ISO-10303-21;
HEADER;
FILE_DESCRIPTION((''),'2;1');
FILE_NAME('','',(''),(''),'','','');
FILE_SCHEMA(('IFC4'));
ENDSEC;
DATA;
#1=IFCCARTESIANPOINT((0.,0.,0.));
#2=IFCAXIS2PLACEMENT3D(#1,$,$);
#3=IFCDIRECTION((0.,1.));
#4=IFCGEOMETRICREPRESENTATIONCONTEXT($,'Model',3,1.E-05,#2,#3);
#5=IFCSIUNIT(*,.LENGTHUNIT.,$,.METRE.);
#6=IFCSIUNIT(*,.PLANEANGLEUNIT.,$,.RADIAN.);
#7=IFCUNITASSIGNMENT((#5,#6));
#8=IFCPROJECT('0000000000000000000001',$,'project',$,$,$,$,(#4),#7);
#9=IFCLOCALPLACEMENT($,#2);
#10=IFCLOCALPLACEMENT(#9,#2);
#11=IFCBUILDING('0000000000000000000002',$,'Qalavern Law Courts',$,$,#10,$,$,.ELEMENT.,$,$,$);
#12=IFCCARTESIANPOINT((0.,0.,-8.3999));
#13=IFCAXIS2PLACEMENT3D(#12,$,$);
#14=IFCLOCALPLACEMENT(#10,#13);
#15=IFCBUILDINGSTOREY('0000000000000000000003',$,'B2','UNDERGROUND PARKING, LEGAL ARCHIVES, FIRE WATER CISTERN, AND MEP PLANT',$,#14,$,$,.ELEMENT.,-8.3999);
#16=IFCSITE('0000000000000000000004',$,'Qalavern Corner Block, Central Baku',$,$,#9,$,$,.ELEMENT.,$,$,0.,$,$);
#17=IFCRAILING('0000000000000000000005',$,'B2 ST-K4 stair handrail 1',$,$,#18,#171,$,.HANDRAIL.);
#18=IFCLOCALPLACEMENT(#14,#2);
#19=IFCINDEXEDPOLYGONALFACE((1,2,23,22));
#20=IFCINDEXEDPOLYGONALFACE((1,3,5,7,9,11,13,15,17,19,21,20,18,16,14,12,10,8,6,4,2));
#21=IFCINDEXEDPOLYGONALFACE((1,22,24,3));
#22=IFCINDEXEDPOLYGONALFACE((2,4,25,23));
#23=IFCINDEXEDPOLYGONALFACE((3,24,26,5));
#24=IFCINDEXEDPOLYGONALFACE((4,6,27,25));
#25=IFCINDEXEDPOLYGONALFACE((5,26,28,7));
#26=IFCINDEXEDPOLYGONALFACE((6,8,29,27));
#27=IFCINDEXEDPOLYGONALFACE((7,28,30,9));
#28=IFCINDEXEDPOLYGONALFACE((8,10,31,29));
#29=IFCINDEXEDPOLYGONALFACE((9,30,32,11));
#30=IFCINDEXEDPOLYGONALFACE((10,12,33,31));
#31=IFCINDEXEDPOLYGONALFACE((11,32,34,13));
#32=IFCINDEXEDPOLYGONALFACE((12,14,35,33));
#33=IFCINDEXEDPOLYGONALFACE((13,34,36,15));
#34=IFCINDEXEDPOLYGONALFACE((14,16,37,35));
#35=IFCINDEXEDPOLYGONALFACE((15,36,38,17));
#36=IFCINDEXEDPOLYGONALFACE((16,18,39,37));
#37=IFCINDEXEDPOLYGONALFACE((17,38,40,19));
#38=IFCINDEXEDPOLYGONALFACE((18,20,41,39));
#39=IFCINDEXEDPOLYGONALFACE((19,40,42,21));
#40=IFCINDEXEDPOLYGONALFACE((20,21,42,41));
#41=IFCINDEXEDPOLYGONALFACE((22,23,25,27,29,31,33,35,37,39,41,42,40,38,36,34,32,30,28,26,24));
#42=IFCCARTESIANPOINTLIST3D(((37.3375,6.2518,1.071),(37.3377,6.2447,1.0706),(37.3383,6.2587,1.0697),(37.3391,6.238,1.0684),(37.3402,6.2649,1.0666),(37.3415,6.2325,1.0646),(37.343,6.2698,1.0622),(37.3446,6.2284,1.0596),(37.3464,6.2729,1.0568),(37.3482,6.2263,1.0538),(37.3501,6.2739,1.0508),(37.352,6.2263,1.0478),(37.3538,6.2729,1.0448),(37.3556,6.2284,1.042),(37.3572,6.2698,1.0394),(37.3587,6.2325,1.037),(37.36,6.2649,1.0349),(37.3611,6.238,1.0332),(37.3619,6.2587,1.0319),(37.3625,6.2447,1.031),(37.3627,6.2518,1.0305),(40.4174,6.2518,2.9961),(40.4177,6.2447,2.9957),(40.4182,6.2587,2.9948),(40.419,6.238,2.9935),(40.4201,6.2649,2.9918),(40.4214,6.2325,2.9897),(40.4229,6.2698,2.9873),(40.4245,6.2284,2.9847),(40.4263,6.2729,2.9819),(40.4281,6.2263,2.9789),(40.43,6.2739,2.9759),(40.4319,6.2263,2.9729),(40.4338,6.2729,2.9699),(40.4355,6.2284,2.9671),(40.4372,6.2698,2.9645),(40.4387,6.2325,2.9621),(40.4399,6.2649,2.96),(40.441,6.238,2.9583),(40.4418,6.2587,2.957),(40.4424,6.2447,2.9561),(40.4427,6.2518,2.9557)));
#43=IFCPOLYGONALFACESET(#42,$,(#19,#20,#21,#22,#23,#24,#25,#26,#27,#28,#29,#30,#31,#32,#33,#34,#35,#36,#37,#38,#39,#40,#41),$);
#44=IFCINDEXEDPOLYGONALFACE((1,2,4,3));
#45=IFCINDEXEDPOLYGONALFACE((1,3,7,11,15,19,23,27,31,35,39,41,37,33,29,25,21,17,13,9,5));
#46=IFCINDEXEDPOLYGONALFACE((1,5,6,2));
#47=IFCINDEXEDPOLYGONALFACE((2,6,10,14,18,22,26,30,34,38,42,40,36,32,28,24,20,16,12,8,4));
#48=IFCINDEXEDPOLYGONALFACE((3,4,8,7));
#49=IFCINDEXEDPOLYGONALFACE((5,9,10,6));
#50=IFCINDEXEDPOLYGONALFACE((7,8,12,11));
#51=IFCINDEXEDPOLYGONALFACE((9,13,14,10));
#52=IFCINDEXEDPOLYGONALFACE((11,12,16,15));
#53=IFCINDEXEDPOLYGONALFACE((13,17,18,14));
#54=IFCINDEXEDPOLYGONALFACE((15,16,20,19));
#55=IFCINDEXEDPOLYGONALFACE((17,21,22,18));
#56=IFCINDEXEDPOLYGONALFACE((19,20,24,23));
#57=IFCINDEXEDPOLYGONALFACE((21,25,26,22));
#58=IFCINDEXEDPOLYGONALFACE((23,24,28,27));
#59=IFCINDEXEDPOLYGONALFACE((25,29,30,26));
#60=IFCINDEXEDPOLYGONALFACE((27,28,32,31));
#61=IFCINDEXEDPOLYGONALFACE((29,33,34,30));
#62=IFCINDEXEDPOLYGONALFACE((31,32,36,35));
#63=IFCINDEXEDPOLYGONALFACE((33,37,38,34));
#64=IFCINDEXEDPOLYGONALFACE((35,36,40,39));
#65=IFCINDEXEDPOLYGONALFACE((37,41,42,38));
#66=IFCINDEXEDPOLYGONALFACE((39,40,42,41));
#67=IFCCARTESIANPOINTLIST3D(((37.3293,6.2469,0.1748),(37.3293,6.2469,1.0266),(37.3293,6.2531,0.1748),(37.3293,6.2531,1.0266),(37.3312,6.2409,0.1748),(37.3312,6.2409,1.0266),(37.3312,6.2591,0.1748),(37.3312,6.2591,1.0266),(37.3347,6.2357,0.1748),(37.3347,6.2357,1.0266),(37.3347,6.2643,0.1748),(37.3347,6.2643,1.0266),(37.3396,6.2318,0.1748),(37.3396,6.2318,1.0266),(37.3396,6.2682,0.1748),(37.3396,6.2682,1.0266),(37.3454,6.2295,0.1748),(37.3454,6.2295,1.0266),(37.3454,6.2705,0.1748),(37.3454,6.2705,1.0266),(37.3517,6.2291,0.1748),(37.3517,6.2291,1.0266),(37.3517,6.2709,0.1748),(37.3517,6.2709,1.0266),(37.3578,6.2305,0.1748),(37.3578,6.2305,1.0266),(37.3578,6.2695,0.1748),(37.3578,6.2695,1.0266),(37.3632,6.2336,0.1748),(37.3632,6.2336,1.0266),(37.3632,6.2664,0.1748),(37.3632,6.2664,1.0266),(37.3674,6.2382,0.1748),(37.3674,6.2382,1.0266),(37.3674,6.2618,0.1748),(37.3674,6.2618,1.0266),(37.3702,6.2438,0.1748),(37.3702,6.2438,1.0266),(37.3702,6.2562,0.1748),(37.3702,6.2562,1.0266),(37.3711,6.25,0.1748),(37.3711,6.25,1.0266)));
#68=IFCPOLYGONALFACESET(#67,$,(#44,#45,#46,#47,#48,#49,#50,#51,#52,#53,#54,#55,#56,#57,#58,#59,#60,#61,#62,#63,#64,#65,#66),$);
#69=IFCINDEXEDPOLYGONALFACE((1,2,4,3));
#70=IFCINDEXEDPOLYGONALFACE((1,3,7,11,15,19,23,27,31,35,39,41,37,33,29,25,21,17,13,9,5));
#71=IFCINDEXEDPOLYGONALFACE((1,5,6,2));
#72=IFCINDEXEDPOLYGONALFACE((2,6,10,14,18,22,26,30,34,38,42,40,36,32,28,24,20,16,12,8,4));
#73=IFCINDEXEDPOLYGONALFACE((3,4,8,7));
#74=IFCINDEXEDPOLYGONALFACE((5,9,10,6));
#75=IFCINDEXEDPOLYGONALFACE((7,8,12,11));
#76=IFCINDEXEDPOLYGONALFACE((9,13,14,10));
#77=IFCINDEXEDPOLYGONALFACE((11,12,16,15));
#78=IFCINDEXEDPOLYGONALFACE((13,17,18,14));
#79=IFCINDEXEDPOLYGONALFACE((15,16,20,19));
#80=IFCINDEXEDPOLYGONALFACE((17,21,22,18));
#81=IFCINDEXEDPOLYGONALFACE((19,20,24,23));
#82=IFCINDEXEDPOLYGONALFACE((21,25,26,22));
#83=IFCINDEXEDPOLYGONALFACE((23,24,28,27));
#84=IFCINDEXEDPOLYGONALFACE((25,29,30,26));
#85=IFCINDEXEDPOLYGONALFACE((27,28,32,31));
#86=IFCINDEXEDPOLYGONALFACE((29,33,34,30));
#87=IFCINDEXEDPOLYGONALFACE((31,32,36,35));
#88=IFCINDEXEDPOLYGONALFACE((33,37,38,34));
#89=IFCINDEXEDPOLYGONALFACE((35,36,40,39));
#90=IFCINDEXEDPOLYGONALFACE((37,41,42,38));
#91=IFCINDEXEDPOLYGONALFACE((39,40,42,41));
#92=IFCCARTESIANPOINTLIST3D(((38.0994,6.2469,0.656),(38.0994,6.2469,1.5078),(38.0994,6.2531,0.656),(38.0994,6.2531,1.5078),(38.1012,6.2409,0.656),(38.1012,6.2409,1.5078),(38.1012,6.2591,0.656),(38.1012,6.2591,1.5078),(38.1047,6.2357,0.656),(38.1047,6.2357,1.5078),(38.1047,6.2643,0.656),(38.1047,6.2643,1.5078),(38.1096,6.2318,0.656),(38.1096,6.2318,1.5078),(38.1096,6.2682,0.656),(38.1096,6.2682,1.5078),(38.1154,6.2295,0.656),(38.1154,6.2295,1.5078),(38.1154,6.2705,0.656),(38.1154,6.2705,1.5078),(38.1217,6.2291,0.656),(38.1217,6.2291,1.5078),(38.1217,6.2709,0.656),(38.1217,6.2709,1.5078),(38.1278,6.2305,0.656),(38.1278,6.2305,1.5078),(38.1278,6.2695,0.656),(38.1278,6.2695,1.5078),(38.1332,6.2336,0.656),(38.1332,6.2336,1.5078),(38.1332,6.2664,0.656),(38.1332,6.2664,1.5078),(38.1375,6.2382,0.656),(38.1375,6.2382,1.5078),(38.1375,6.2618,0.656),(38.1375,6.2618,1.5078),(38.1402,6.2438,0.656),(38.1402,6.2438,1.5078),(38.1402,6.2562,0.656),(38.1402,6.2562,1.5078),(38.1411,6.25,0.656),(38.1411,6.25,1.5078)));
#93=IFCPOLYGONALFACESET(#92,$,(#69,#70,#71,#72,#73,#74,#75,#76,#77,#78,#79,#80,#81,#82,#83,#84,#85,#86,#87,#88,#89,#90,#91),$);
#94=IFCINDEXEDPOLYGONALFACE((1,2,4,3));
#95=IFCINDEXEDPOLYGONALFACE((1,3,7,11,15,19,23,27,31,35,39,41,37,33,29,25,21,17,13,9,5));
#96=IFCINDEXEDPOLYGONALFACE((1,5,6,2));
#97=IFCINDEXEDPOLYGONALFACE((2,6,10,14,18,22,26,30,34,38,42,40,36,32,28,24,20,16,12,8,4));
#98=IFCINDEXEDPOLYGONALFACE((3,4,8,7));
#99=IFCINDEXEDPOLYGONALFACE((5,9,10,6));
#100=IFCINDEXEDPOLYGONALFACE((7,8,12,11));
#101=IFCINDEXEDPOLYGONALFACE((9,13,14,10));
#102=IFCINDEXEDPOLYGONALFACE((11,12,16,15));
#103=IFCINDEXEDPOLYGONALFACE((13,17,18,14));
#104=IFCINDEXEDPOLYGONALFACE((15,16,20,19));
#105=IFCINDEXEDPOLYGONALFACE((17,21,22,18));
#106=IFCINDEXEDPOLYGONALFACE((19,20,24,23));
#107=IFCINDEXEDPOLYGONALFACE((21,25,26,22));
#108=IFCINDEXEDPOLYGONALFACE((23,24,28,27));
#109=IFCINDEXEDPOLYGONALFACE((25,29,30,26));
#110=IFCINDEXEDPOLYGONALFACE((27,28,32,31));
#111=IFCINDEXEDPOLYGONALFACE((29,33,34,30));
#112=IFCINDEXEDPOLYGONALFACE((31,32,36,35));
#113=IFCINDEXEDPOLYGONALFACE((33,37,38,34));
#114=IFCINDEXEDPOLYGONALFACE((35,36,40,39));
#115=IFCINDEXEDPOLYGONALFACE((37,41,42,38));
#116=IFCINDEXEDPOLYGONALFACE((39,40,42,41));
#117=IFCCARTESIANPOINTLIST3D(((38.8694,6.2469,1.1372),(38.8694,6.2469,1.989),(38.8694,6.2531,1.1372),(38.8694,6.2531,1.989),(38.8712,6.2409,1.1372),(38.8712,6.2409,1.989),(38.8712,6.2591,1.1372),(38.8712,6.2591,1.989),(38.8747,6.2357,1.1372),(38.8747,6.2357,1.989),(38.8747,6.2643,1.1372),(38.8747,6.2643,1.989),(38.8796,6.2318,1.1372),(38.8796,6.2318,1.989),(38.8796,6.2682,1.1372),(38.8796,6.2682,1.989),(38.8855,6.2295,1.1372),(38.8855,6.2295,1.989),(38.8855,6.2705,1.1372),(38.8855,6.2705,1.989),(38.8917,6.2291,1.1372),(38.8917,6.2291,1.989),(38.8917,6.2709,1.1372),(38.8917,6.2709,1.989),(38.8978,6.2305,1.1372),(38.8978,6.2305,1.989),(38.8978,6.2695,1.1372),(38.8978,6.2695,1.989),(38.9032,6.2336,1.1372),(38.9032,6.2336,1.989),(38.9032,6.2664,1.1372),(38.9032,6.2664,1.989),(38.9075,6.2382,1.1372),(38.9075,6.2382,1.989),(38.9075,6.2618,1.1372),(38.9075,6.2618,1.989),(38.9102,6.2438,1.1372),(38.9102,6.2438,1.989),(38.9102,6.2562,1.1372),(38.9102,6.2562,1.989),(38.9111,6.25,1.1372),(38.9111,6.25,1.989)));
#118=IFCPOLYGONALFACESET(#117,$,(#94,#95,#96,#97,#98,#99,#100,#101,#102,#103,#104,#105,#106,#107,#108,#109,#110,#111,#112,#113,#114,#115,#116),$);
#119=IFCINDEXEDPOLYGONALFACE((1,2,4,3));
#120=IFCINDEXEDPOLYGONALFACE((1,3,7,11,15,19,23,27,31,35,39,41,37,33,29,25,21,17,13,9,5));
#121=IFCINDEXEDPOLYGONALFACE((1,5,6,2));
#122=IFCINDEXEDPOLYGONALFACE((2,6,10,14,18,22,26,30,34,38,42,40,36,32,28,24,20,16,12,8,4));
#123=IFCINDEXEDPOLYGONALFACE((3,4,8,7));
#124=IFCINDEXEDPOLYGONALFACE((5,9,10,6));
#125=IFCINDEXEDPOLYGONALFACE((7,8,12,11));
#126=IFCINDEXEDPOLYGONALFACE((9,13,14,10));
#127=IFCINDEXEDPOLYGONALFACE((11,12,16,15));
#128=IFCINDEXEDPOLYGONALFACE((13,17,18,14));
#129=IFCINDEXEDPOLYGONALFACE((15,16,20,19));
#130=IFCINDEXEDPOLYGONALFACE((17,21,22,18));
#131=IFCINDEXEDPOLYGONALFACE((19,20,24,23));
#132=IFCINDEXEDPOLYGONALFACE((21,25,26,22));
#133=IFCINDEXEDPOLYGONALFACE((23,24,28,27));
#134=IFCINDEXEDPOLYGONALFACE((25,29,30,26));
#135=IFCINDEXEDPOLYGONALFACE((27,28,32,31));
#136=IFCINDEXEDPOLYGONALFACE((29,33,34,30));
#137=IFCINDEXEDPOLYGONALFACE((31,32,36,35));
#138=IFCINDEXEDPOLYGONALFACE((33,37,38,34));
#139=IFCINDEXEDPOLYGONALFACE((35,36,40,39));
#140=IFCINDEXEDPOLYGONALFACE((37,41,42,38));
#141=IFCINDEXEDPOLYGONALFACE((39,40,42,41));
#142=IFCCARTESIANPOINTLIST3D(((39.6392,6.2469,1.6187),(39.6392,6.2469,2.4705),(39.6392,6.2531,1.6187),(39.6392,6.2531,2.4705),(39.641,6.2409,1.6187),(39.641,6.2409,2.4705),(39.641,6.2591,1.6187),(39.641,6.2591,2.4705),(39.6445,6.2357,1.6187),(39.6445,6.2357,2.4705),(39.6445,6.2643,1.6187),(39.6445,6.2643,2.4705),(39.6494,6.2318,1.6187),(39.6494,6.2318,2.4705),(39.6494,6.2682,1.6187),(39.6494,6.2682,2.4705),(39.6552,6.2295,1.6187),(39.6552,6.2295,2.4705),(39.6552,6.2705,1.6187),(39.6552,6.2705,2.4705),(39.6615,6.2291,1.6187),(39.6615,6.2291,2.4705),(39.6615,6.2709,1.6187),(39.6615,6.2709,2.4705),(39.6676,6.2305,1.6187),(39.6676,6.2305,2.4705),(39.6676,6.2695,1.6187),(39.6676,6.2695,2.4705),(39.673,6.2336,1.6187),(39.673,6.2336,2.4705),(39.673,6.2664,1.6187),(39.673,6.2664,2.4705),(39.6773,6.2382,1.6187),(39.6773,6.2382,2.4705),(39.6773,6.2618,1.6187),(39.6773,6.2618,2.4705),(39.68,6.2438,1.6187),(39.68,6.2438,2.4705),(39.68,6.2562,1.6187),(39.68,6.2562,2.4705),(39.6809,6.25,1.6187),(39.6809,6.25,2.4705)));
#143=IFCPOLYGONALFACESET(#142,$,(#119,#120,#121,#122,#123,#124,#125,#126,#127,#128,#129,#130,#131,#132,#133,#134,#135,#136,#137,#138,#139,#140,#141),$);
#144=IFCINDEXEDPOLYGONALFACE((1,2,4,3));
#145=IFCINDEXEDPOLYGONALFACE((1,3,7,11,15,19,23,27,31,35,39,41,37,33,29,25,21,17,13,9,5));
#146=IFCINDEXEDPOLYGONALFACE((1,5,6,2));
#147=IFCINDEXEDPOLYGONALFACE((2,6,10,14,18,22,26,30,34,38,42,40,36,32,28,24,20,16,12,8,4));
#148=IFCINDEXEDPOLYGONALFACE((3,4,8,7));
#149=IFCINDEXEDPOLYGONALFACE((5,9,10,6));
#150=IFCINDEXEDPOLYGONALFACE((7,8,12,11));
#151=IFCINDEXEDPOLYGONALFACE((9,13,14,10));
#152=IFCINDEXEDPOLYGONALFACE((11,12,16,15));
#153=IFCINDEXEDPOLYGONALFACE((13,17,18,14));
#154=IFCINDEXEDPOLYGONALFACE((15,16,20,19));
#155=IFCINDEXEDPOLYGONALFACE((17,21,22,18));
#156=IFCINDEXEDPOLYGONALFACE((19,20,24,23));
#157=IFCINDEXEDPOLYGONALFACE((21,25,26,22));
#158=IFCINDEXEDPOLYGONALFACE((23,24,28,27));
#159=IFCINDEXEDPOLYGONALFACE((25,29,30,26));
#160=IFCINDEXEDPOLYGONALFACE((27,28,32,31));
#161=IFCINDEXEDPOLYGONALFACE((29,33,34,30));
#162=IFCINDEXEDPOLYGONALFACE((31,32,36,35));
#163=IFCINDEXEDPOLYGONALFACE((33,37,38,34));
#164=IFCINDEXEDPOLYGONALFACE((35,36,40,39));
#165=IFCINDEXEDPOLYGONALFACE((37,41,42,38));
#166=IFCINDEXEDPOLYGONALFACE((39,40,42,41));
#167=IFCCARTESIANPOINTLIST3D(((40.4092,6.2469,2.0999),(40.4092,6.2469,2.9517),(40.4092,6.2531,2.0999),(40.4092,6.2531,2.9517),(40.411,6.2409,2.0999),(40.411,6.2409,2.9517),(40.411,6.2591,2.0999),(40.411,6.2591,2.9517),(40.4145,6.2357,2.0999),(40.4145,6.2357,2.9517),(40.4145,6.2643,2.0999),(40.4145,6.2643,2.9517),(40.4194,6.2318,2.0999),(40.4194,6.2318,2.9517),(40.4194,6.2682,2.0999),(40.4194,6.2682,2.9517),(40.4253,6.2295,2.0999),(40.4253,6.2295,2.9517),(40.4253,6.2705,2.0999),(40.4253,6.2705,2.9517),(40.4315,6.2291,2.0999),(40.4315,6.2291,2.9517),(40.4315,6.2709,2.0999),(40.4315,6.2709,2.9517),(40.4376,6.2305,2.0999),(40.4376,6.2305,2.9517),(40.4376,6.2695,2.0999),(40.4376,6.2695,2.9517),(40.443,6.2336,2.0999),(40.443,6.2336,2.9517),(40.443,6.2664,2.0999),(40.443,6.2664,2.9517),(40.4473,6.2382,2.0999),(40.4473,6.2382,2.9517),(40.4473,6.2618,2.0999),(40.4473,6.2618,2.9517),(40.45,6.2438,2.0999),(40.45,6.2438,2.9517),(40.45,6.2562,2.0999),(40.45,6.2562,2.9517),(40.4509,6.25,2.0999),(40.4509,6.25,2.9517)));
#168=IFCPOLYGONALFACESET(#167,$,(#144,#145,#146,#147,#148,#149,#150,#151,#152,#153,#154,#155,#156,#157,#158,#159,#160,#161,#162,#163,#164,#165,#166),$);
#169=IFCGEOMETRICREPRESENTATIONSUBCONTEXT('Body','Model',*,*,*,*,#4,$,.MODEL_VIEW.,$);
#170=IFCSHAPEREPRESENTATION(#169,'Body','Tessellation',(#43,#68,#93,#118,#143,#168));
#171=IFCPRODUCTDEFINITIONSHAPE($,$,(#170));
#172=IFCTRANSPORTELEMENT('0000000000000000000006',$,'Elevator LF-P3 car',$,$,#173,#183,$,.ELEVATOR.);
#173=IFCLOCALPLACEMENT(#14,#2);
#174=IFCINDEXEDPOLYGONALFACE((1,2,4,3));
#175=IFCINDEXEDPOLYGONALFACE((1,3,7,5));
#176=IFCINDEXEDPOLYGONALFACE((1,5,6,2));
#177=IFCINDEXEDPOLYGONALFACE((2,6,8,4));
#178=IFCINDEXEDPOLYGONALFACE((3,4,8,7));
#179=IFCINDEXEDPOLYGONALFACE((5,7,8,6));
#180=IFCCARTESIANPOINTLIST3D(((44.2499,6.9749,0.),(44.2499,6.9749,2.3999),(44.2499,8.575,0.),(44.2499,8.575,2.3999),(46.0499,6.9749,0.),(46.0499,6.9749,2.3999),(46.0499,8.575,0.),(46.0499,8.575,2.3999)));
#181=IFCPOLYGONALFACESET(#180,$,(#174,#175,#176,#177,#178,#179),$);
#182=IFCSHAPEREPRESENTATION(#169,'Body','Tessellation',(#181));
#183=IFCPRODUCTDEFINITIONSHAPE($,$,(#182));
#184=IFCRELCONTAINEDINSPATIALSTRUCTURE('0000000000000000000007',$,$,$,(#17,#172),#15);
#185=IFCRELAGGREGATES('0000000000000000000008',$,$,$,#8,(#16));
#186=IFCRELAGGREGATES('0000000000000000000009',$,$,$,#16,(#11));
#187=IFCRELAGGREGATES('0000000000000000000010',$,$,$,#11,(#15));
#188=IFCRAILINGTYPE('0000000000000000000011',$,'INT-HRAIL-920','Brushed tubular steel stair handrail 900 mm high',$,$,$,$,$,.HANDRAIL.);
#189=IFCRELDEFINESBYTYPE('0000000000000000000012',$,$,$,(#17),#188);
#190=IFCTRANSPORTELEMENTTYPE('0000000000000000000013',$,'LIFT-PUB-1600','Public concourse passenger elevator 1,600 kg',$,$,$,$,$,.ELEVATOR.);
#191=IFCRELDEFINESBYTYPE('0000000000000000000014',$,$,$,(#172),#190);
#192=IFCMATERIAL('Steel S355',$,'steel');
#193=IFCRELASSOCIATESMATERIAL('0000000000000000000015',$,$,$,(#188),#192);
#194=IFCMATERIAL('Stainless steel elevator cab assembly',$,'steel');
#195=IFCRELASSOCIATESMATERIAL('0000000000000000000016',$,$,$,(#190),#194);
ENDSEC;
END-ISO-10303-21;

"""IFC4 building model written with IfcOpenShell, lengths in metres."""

from ifc_helpers import new_model, si_unit, direction, frame, origin, origin_2d, place, context, subcontext, project, spatial, rectangle, circle, extrude, material, type_object, element, save


model = new_model("IFC4")

# Units and contexts
model_context = context("Model", 3, precision=1e-05, world=origin(), true_north=direction((0.0, 1.0)))
body_context = subcontext(model_context, "Body", "Model", "MODEL_VIEW")
ifc_project = project(units=[si_unit("LENGTHUNIT", "METRE"), si_unit("PLANEANGLEUNIT", "RADIAN")], contexts=[model_context])

# Site, building, storey
site_placement = place(None, origin())
site = spatial("IfcSite", under=ifc_project, at=site_placement, Name="Qalavern Corner Block, Central Baku", CompositionType="ELEMENT", RefElevation=0.0)
building_placement = place(site_placement, origin())
building = spatial("IfcBuilding", under=site, at=building_placement, Name="Qalavern Law Courts", CompositionType="ELEMENT")
storey_placement = place(building_placement, frame((0.0, 0.0, -8.3999)))
storey = spatial("IfcBuildingStorey", under=building, at=storey_placement, Name="B2", Description="UNDERGROUND PARKING, LEGAL ARCHIVES, FIRE WATER CISTERN, AND MEP PLANT", CompositionType="ELEMENT", Elevation=-8.3999)

# Shared definitions
ifc_material_1 = material(Name="Steel S355", Category="steel")

# Railing
railing_type_1 = type_object("IfcRailingType", Name="INT-HRAIL-920", Description="Brushed tubular steel stair handrail 900 mm high", PredefinedType="HANDRAIL", material=ifc_material_1)
railing_1_placement = place(storey_placement, frame((37.3501, 6.25, 0.1748)))
element("IfcRailing", 1, at=railing_1_placement, inside=storey, type_object=railing_type_1, Name="B2 ST-K4 stair handrail 1", PredefinedType="HANDRAIL", context=body_context, shape_type="SweptSolid", body=[
    extrude(circle(Radius=0.0239, at=origin_2d()), frame((0.0, 0.0, 0.876), z_axis=(0.847979, 0.0, 0.530029), x_axis=(0.0, 1.0, 0.0)), (0.0, 0.0, 1.0), 3.6321),
    extrude(circle(Radius=0.021, at=origin_2d()), origin(), (0.0, 0.0, 1.0), 0.8518),
    extrude(circle(Radius=0.021, at=origin_2d()), frame((0.77, 0.0, 0.4812)), (0.0, 0.0, 1.0), 0.8518),
    extrude(circle(Radius=0.021, at=origin_2d()), frame((1.54, 0.0, 0.9624)), (0.0, 0.0, 1.0), 0.8518),
    extrude(circle(Radius=0.021, at=origin_2d()), frame((2.3098, 0.0, 1.4438)), (0.0, 0.0, 1.0), 0.8518),
    extrude(circle(Radius=0.021, at=origin_2d()), frame((3.0798, 0.0, 1.925)), (0.0, 0.0, 1.0), 0.8518),
])

# Transport element
ifc_material_2 = material(Name="Stainless steel elevator cab assembly", Category="steel")
transport_element_type = type_object("IfcTransportElementType", Name="LIFT-PUB-1600", Description="Public concourse passenger elevator 1,600 kg", PredefinedType="ELEVATOR", material=ifc_material_2)
transport_element_placement = place(storey_placement, frame((45.1499, 7.7749, 0.0), z_axis=(0.0, 0.0, 1.0), x_axis=(1.0, 0.0, 0.0)))
element("IfcTransportElement", 2, at=transport_element_placement, inside=storey, type_object=transport_element_type, Name="Elevator LF-P3 car", PredefinedType="ELEVATOR", context=body_context, shape_type="SweptSolid", body=[
    extrude(rectangle(XDim=1.8, YDim=1.6001, at=origin_2d()), origin(), (0.0, 0.0, 1.0), 2.3999),
])

save(model, "model.ifc")
